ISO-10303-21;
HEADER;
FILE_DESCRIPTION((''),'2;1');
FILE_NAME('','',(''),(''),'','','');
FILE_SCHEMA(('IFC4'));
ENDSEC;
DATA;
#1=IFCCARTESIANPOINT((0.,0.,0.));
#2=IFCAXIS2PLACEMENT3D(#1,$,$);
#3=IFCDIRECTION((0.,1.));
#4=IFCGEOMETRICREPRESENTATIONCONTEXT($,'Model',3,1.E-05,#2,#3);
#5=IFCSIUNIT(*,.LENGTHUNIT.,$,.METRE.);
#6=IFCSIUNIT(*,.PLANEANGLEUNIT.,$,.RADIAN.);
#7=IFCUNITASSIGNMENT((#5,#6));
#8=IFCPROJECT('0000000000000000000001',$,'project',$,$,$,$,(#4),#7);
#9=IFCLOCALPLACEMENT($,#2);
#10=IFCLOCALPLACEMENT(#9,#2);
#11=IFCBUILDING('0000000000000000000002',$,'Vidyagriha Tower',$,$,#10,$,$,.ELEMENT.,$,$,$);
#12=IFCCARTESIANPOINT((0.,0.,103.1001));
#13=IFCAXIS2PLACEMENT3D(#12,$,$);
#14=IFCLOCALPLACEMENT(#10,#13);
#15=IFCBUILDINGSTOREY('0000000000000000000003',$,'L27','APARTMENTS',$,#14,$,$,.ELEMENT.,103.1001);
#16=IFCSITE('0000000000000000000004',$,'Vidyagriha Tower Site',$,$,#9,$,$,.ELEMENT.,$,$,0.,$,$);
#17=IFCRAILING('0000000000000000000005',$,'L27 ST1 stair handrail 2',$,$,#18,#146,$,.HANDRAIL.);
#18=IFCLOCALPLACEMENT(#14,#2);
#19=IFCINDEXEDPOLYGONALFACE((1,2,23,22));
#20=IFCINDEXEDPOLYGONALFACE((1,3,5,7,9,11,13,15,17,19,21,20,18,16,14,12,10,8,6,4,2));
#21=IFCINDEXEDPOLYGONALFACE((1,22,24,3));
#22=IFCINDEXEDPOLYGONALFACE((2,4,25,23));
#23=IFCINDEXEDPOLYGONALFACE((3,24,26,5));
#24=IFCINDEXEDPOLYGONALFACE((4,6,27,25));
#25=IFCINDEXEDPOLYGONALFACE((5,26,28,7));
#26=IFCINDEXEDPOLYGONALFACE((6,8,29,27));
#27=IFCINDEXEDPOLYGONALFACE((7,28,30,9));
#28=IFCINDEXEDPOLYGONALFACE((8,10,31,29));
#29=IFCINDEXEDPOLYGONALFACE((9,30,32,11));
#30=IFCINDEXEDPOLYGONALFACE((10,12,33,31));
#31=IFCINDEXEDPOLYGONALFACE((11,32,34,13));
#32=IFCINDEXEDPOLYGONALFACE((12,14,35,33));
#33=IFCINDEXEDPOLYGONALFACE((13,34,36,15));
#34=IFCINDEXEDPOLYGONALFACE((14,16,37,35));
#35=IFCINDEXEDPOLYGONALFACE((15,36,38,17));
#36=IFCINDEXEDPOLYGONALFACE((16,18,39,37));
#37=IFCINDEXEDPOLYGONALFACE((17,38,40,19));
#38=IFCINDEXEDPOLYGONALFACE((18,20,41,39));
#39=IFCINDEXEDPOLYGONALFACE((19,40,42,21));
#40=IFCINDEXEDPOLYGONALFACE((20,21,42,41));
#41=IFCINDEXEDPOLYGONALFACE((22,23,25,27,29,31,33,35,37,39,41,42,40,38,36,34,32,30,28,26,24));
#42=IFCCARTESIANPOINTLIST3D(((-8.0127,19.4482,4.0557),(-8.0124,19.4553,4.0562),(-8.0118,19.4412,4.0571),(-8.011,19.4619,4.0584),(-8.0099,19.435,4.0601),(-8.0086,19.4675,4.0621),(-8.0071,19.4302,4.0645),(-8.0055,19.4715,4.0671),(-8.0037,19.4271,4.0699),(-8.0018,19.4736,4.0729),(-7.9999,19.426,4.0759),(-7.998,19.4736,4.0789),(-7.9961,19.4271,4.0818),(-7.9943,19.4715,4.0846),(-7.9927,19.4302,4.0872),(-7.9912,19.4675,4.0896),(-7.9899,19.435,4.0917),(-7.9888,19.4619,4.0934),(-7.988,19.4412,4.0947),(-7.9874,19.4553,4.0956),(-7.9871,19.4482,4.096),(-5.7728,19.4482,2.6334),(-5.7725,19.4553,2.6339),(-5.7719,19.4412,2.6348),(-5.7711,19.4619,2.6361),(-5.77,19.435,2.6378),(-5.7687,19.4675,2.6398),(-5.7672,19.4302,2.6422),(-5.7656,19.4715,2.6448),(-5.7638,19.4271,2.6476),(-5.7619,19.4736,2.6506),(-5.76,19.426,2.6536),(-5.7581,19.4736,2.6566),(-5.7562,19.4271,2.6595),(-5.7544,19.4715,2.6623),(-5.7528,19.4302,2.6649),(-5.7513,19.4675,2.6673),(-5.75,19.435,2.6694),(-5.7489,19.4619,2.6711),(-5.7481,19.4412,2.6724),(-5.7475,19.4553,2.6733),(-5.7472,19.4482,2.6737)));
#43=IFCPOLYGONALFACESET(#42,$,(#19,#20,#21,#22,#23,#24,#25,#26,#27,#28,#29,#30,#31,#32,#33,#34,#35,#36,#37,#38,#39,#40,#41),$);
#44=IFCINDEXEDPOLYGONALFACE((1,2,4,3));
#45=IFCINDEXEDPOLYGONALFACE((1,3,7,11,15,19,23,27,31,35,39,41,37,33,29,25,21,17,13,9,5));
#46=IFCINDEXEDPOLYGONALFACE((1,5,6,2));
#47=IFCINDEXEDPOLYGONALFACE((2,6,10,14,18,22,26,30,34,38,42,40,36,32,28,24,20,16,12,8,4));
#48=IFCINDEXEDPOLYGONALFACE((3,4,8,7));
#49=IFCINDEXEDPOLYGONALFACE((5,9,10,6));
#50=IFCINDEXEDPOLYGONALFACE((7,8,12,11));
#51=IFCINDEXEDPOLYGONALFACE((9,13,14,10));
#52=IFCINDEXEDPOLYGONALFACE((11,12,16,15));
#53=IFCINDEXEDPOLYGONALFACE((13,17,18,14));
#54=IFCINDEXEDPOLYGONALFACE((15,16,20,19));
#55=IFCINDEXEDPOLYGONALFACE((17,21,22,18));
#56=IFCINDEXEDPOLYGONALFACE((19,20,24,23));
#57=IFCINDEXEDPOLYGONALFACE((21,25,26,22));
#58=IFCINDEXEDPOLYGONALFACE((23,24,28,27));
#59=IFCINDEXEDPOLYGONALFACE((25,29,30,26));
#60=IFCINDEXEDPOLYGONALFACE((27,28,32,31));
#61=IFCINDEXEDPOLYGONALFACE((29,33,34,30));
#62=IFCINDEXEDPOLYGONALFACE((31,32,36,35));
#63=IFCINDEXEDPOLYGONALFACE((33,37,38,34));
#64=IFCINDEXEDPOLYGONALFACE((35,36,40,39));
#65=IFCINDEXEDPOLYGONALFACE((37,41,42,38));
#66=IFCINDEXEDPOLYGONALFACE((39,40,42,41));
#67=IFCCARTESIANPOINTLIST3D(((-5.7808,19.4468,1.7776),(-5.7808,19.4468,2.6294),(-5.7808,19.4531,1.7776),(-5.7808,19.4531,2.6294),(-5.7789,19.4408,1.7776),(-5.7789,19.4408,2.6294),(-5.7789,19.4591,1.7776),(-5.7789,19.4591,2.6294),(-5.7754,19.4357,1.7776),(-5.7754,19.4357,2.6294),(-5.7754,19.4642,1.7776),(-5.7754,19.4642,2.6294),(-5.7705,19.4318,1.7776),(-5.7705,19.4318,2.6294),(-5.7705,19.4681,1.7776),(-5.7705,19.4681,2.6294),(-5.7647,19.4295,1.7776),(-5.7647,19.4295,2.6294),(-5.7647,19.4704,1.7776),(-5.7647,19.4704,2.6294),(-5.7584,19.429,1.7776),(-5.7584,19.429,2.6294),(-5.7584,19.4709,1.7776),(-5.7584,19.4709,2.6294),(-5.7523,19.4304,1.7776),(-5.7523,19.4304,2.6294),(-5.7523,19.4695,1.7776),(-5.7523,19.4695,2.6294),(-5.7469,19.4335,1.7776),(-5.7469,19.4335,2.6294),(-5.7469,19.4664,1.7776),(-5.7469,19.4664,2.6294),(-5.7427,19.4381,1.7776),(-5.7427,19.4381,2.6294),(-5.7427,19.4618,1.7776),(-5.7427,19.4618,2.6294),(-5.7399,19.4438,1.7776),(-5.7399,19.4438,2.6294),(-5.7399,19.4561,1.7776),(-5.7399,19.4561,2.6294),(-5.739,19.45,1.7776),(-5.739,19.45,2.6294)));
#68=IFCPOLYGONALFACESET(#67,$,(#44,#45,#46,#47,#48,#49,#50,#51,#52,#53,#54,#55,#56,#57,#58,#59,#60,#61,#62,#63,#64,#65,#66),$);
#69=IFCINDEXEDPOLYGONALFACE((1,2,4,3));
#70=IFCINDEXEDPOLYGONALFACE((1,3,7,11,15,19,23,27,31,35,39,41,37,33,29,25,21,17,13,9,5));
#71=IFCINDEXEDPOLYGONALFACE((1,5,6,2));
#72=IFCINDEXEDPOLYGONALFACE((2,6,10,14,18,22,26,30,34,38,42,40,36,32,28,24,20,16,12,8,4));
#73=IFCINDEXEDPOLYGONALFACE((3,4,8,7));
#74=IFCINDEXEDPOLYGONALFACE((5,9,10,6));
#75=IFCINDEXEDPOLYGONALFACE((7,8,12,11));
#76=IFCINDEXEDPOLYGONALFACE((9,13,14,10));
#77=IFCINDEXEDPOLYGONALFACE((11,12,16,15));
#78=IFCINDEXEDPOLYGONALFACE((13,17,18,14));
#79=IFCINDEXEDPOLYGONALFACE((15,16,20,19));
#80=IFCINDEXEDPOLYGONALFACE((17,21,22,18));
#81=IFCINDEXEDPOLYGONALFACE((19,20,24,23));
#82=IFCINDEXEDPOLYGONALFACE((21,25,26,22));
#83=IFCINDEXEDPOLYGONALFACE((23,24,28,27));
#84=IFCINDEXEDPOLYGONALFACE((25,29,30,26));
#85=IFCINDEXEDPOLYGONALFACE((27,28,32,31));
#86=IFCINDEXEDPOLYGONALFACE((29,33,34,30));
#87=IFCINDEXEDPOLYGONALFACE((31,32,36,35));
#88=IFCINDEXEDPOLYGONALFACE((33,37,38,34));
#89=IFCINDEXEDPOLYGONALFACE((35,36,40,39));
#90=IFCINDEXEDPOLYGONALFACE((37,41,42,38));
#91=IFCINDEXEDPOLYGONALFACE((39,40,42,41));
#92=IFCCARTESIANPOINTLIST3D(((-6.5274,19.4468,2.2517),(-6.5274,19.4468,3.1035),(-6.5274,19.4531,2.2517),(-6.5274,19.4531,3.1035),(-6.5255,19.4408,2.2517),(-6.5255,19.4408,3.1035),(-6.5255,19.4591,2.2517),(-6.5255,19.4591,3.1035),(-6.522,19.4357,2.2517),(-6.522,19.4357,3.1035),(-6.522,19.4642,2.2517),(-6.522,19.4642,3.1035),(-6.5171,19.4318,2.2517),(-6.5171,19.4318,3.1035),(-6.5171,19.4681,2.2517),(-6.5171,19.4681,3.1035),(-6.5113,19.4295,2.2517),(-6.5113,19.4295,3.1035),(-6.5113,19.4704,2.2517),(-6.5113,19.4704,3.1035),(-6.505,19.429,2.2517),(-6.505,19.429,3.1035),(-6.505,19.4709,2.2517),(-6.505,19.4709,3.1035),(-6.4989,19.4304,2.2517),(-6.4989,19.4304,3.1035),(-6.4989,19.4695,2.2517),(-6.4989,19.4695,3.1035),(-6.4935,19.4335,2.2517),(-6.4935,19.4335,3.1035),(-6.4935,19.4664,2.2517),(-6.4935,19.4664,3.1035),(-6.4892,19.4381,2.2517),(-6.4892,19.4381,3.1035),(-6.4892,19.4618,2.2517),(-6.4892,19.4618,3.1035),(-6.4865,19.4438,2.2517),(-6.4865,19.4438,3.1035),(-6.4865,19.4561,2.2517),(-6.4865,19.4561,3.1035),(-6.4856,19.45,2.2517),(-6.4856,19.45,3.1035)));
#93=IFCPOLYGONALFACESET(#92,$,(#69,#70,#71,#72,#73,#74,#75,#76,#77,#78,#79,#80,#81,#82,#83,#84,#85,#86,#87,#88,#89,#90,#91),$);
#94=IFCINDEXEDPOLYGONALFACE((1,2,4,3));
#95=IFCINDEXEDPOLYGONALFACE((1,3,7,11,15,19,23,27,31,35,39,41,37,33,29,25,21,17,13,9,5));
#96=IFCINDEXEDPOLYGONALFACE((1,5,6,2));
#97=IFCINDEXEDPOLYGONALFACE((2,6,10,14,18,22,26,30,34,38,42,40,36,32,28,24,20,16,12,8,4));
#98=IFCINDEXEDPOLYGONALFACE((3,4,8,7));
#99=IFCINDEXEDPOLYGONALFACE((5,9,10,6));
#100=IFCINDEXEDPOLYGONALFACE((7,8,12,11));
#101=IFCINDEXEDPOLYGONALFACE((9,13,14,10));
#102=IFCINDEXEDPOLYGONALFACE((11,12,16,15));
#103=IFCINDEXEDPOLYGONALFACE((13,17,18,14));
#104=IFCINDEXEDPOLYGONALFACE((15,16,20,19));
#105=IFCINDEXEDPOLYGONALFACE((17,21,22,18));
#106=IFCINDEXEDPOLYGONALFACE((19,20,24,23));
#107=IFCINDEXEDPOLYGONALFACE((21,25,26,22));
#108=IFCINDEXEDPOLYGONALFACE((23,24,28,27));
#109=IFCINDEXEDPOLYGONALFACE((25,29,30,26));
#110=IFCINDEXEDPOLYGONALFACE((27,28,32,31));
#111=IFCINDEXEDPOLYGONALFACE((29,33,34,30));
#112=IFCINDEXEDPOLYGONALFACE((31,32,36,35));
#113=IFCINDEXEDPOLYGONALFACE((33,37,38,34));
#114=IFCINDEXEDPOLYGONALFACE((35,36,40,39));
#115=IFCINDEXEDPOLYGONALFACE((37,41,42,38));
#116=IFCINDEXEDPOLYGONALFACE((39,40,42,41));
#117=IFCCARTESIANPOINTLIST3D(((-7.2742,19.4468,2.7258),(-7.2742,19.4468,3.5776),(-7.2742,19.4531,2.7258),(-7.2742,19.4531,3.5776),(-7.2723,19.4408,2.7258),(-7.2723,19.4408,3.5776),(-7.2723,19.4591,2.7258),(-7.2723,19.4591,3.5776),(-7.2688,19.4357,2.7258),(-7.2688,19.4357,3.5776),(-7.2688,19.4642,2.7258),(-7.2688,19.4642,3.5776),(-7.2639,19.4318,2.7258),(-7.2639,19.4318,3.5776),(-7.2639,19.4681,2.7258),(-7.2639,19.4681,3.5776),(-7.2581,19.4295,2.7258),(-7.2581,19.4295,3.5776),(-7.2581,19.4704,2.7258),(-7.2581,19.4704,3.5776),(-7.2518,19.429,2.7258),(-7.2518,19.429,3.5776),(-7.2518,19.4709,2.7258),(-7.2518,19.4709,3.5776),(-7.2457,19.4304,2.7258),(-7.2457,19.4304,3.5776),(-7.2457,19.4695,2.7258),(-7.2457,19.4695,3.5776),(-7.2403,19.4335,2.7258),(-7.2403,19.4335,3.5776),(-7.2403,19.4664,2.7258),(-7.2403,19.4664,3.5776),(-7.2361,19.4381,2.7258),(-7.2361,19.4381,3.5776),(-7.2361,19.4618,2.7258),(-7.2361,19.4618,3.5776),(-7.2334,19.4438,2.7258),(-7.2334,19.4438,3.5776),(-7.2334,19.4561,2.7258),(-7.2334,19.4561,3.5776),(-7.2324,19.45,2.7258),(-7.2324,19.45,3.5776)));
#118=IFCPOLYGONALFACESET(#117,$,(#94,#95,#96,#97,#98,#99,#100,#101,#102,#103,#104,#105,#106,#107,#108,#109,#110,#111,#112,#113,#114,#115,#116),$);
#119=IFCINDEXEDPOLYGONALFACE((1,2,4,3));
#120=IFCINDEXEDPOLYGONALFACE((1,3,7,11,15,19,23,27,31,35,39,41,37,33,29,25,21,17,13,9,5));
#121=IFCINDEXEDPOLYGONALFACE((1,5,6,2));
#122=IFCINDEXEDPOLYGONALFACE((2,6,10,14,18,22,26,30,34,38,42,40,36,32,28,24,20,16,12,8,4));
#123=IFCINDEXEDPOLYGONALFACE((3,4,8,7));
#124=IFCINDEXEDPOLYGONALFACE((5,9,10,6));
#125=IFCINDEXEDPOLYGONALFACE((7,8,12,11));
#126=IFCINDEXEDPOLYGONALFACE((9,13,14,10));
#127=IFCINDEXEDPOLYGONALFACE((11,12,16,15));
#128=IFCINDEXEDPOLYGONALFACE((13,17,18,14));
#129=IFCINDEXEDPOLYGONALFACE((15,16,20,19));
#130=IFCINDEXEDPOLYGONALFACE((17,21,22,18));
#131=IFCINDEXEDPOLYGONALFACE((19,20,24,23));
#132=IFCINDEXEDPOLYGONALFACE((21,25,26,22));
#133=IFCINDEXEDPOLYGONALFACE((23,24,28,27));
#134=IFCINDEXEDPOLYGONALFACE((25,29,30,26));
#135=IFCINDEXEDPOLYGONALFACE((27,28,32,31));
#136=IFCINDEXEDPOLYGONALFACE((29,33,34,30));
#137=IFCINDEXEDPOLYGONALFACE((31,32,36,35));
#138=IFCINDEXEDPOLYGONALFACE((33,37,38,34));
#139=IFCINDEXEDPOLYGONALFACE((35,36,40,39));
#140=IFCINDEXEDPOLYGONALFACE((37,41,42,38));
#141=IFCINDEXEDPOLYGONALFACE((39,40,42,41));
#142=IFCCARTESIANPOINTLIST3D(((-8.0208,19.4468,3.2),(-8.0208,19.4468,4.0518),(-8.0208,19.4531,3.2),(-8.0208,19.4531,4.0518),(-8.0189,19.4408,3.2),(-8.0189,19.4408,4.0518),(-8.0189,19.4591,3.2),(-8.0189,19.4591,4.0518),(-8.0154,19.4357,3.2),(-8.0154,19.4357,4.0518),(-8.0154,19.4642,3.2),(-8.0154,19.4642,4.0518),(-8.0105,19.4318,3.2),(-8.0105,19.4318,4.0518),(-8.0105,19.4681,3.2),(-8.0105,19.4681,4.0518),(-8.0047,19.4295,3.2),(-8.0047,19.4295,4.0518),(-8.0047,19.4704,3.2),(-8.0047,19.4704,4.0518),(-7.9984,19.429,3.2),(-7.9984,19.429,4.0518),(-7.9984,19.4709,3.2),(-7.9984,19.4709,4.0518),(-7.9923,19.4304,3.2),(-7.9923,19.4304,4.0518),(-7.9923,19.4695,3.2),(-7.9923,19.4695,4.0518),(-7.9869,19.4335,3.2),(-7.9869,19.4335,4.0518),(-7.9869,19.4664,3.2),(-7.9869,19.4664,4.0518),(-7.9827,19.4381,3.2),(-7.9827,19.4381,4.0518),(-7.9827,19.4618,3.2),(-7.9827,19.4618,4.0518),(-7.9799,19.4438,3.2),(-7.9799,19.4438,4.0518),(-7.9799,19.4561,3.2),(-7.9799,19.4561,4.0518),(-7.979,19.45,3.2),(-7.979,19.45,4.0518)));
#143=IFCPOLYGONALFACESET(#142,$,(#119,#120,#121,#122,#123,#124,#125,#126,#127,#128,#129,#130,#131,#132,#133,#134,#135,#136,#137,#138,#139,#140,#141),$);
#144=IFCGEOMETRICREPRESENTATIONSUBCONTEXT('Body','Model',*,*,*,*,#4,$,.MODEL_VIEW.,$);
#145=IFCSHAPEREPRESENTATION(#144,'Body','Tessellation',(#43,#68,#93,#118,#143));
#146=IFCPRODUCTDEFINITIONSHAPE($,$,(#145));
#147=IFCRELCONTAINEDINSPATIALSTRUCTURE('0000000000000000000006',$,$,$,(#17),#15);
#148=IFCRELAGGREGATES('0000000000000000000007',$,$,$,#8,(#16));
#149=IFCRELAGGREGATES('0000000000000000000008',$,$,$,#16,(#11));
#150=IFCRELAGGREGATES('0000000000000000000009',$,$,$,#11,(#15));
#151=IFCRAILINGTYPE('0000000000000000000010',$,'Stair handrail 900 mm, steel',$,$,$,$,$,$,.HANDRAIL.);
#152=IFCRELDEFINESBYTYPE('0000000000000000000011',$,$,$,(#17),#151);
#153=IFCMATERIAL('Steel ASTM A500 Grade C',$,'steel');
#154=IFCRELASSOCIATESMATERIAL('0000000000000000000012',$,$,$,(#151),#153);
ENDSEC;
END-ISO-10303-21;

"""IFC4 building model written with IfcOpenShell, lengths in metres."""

from ifc_helpers import new_model, si_unit, direction, frame, origin, origin_2d, place, context, subcontext, project, spatial, circle, extrude, material, type_object, element, save


model = new_model("IFC4")

# Units and contexts
model_context = context("Model", 3, precision=1e-05, world=origin(), true_north=direction((0.0, 1.0)))
body_context = subcontext(model_context, "Body", "Model", "MODEL_VIEW")
ifc_project = project(units=[si_unit("LENGTHUNIT", "METRE"), si_unit("PLANEANGLEUNIT", "RADIAN")], contexts=[model_context])

# Site, building, storey
site_placement = place(None, origin())
site = spatial("IfcSite", under=ifc_project, at=site_placement, Name="Vidyagriha Tower Site", CompositionType="ELEMENT", RefElevation=0.0)
building_placement = place(site_placement, origin())
building = spatial("IfcBuilding", under=site, at=building_placement, Name="Vidyagriha Tower", CompositionType="ELEMENT")
storey_placement = place(building_placement, frame((0.0, 0.0, 103.1001)))
storey = spatial("IfcBuildingStorey", under=building, at=storey_placement, Name="L27", Description="APARTMENTS", CompositionType="ELEMENT", Elevation=103.1001)

# Railing
ifc_material_1 = material(Name="Steel ASTM A500 Grade C", Category="steel")
railing_type_1 = type_object("IfcRailingType", Name="Stair handrail 900 mm, steel", PredefinedType="HANDRAIL", material=ifc_material_1)
railing_1_placement = place(storey_placement, frame((-5.76, 19.45, 1.7776)))
element("IfcRailing", 1, at=railing_1_placement, inside=storey, type_object=railing_type_1, Name="L27 ST1 stair handrail 2", PredefinedType="HANDRAIL", context=body_context, shape_type="SweptSolid", body=[
    extrude(circle(Radius=0.0239, at=origin_2d()), frame((0.0, 0.0, 0.876), z_axis=(-0.844188, 0.0, 0.536048), x_axis=(0.0, -1.0, 0.0)), (0.0, 0.0, 1.0), 2.6533),
    extrude(circle(Radius=0.021, at=origin_2d()), origin(), (0.0, 0.0, 1.0), 0.8518),
    extrude(circle(Radius=0.021, at=origin_2d()), frame((-0.7466, 0.0, 0.4741)), (0.0, 0.0, 1.0), 0.8518),
    extrude(circle(Radius=0.021, at=origin_2d()), frame((-1.4934, 0.0, 0.9482)), (0.0, 0.0, 1.0), 0.8518),
    extrude(circle(Radius=0.021, at=origin_2d()), frame((-2.24, 0.0, 1.4224)), (0.0, 0.0, 1.0), 0.8518),
])

save(model, "model.ifc")
